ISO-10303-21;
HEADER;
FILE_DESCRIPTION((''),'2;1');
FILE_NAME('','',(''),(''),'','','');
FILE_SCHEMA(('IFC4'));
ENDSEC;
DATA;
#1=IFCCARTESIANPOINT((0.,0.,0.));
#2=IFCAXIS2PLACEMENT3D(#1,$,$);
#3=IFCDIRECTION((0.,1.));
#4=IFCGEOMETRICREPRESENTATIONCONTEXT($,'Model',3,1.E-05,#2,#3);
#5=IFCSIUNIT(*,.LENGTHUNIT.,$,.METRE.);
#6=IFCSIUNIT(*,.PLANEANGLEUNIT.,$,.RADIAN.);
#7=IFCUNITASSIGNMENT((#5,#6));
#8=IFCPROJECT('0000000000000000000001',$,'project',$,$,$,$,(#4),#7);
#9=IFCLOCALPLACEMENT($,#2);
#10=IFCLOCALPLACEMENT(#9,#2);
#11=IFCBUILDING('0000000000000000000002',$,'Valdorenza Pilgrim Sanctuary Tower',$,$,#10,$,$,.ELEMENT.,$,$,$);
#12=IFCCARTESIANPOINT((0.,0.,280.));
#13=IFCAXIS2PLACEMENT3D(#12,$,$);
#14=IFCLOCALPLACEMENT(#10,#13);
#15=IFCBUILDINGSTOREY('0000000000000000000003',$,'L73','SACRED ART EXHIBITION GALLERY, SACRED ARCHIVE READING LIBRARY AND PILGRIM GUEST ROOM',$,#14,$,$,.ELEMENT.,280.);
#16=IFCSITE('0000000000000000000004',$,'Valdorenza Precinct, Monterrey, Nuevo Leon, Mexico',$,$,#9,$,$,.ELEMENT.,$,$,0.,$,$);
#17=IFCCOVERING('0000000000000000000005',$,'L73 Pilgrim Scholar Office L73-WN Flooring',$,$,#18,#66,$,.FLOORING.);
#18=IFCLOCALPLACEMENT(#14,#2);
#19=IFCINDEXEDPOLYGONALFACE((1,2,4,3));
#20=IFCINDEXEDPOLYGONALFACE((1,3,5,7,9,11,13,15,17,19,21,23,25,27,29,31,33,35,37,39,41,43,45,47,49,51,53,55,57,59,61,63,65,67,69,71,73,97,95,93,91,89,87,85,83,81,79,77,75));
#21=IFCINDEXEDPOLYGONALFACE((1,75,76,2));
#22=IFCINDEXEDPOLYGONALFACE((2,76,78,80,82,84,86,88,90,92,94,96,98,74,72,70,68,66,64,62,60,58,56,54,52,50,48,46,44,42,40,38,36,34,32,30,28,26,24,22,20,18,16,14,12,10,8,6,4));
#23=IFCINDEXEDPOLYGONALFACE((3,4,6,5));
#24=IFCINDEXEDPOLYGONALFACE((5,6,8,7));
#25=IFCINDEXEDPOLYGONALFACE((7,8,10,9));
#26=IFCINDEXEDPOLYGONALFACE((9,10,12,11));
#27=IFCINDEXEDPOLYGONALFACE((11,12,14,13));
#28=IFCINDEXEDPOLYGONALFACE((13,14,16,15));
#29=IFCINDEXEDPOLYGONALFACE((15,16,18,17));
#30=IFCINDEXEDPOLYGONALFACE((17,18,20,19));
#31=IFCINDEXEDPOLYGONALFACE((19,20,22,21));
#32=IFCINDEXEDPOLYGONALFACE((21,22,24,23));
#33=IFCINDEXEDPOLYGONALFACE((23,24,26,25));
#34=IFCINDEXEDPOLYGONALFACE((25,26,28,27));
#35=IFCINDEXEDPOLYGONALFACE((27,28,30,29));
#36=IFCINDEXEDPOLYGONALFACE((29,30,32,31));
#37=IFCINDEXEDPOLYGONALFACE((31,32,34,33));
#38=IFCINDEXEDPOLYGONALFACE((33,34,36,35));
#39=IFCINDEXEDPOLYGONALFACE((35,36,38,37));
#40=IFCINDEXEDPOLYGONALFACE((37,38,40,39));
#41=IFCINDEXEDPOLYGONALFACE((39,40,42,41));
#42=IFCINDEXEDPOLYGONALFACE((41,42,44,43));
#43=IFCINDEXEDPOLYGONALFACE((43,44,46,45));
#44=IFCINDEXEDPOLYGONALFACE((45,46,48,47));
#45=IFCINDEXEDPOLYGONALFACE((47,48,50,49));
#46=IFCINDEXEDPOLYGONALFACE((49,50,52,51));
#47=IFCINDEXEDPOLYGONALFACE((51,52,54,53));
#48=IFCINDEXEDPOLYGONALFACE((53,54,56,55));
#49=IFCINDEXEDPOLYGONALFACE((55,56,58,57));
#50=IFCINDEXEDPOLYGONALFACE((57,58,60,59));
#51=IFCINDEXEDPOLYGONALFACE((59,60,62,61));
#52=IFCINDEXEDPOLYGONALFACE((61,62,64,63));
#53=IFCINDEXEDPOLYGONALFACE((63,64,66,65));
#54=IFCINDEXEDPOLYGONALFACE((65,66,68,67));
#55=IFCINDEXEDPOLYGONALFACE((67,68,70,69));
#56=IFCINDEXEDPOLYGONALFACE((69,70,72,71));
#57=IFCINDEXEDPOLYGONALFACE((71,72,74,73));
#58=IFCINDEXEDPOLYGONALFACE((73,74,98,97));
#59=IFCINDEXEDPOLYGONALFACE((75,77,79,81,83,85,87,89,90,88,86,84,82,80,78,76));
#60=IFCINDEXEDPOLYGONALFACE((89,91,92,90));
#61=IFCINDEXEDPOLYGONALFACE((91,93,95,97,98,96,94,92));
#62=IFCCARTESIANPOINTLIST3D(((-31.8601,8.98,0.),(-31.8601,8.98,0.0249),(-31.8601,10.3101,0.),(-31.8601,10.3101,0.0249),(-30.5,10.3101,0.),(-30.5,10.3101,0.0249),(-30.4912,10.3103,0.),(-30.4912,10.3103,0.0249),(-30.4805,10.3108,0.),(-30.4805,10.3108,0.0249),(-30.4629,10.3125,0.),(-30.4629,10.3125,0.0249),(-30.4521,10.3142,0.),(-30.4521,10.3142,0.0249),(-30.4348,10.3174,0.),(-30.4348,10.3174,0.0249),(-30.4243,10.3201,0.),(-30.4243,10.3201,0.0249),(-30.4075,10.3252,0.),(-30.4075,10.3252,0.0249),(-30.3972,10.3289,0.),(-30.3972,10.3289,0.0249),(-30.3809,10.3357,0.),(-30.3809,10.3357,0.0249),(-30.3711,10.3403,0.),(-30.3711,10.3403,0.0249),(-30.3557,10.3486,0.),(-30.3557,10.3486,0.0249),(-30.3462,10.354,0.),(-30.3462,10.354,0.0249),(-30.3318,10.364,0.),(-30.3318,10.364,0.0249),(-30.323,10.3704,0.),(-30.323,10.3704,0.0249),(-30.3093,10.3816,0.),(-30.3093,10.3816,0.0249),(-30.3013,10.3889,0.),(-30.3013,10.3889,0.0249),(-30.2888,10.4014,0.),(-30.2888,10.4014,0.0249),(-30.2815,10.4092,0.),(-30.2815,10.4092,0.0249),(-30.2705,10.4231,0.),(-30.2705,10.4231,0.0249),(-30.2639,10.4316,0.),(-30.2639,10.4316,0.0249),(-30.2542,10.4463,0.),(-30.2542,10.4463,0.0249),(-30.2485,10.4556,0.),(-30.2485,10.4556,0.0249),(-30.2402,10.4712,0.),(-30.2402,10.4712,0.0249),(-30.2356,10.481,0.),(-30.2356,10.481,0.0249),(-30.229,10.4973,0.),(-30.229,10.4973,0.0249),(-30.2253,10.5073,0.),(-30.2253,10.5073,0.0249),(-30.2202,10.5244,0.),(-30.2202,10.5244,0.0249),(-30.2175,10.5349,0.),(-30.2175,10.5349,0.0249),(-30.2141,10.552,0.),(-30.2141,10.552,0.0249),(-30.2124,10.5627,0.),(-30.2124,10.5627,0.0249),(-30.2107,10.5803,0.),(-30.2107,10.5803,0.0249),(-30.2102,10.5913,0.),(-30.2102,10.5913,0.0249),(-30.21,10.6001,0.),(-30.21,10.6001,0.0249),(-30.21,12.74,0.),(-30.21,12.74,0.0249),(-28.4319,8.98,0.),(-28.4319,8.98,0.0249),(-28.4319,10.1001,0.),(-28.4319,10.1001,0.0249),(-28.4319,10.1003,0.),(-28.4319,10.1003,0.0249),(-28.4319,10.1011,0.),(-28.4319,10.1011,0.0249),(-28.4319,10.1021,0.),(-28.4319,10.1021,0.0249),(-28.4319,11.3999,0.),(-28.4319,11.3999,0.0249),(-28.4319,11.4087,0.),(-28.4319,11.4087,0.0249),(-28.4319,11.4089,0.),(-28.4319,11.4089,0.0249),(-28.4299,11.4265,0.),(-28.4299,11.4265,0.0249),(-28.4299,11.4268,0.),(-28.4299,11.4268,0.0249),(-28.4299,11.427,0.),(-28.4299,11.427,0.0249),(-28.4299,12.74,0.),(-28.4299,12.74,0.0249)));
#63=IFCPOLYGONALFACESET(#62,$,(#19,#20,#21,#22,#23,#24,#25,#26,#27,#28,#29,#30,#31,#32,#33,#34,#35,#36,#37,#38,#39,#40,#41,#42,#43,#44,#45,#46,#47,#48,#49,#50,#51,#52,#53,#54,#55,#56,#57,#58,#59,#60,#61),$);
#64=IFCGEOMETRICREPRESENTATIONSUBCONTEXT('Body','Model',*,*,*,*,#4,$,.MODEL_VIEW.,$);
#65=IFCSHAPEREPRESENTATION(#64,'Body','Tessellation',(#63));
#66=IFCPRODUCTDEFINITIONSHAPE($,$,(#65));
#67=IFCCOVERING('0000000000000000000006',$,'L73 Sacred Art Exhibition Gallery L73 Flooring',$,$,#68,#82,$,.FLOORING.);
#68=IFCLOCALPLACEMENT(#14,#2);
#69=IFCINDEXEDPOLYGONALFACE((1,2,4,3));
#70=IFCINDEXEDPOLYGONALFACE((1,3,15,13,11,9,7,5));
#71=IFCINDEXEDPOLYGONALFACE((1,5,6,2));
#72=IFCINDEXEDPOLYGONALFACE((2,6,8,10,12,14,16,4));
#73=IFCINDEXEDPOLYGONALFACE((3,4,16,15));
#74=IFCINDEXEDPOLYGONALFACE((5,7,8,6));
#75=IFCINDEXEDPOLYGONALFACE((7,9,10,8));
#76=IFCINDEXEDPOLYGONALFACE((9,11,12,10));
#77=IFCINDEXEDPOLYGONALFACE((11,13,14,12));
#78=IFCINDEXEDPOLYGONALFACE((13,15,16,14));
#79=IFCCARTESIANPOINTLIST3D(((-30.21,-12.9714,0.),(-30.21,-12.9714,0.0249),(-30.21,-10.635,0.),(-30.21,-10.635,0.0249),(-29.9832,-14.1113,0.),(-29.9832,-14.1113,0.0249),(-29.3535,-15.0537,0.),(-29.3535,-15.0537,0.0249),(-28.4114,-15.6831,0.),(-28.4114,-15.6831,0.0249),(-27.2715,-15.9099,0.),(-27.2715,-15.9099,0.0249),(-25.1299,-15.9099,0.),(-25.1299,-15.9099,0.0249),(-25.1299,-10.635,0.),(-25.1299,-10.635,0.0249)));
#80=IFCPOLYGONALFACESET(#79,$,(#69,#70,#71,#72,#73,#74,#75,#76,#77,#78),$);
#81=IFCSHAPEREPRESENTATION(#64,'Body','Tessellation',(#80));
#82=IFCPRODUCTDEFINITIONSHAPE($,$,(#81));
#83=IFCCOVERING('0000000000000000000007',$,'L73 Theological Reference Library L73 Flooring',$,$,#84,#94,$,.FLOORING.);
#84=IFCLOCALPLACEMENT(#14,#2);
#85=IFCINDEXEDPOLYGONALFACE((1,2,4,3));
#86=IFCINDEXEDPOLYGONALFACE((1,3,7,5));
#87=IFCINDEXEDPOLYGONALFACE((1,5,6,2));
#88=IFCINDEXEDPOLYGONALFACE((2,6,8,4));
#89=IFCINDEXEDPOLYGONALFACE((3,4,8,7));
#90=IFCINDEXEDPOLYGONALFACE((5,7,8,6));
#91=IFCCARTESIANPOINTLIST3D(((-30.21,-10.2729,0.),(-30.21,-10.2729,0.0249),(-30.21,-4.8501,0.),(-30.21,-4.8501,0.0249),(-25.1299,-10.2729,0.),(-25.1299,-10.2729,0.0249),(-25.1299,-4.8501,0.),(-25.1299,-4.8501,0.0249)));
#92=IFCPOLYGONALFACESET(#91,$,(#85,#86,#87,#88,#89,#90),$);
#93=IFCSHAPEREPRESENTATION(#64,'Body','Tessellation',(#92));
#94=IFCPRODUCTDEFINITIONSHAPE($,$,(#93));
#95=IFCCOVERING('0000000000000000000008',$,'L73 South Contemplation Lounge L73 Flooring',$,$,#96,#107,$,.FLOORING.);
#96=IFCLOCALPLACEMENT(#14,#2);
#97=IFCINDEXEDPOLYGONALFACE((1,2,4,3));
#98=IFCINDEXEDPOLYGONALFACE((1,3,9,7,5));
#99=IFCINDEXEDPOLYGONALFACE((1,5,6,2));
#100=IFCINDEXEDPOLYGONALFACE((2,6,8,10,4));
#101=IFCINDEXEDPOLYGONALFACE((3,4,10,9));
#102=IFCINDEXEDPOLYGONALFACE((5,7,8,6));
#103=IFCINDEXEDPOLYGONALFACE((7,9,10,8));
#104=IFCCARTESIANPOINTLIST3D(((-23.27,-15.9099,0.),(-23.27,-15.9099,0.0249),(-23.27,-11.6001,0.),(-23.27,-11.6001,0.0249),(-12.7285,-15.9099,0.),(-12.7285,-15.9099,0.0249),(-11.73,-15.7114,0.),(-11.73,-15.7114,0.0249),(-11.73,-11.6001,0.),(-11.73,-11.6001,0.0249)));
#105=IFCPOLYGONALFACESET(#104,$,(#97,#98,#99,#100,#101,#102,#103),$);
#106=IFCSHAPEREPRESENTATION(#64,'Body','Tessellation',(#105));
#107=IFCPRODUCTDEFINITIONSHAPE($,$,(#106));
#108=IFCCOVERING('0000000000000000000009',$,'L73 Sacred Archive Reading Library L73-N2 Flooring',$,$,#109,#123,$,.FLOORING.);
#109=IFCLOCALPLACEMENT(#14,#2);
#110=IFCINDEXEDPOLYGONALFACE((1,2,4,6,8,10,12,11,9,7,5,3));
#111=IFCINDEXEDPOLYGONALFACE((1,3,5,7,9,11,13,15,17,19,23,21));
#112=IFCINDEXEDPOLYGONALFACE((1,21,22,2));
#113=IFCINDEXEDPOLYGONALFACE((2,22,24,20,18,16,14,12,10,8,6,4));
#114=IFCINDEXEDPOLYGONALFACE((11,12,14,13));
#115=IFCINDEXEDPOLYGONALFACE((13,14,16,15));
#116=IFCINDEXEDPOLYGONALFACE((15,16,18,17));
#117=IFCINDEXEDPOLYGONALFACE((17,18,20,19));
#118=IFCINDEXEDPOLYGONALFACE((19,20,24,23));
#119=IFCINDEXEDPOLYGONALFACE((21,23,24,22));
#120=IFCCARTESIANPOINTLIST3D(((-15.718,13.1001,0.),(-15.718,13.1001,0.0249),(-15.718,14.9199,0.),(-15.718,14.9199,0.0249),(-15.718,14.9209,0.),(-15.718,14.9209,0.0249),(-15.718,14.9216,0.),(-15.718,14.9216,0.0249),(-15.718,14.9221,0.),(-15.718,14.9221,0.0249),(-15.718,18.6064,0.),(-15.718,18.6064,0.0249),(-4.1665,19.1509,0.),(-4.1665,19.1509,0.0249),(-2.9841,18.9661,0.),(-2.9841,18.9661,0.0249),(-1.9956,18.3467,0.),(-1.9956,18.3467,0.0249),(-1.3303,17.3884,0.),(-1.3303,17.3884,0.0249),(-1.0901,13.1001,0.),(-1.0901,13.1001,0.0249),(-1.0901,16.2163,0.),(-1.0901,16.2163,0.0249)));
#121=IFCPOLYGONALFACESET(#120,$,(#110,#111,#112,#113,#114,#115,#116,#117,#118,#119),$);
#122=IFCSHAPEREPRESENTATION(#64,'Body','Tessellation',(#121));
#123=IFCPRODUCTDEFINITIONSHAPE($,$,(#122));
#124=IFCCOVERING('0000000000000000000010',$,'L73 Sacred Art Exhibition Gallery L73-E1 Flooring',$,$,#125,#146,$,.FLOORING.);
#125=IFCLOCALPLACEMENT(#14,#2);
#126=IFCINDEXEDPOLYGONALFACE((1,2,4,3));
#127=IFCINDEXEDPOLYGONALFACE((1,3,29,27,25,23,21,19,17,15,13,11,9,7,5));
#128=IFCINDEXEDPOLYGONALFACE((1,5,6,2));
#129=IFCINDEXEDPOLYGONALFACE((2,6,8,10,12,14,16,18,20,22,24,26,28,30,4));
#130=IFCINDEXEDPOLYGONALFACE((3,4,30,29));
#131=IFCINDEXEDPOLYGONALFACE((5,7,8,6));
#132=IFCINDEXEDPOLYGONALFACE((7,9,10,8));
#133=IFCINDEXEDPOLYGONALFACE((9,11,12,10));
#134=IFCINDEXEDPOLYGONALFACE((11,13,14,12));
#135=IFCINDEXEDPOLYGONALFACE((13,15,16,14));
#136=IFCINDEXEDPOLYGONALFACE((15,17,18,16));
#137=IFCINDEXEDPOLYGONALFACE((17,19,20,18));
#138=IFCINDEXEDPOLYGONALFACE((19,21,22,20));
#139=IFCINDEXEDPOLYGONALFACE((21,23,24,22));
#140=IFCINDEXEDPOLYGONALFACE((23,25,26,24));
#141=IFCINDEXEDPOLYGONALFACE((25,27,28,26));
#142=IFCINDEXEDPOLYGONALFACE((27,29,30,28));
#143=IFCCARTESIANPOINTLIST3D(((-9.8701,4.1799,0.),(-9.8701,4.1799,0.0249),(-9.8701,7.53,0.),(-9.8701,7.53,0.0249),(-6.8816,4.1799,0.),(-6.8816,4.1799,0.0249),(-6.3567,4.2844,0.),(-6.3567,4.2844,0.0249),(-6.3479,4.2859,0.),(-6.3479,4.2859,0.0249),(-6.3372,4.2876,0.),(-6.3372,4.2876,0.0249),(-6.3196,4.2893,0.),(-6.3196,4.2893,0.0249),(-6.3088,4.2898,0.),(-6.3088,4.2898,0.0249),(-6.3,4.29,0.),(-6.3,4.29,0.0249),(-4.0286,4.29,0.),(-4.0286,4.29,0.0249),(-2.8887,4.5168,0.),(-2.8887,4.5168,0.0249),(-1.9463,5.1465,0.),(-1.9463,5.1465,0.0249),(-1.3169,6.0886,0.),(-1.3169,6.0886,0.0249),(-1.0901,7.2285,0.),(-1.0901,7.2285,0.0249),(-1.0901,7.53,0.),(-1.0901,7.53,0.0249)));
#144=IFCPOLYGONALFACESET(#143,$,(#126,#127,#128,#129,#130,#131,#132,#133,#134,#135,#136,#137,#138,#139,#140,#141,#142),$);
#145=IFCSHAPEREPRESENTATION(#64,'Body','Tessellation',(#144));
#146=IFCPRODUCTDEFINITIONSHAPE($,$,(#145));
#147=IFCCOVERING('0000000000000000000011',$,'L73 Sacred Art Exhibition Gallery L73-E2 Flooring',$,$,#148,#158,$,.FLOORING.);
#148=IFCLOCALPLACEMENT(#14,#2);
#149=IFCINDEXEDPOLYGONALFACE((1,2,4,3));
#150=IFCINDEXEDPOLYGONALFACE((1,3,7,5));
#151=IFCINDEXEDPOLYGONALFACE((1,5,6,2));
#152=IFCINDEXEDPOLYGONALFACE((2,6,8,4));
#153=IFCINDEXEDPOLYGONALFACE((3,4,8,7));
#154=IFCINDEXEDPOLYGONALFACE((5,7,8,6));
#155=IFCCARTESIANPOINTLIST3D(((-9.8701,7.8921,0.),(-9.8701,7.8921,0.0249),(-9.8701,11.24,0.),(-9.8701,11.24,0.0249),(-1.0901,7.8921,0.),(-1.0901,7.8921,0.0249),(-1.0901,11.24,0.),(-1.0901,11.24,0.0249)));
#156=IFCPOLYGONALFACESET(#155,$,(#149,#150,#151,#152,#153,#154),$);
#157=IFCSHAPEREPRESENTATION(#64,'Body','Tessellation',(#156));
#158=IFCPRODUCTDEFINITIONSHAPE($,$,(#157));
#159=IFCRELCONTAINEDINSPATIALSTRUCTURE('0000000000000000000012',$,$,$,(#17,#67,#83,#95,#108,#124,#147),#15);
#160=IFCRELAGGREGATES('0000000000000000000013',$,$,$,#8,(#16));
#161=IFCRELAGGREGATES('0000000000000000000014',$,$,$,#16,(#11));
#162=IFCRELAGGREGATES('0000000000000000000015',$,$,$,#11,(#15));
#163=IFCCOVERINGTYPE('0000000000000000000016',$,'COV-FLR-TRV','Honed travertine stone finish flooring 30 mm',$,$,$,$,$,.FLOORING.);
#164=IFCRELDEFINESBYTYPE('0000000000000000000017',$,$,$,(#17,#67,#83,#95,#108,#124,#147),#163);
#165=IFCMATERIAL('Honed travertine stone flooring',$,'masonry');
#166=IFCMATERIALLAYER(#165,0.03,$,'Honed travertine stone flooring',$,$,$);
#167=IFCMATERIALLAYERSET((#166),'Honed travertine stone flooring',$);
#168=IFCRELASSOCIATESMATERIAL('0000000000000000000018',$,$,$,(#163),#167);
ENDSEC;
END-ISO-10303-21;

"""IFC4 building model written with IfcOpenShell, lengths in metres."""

from ifc_helpers import new_model, si_unit, direction, frame, origin, place, context, subcontext, project, spatial, polyline, outline, extrude, material, layer, layer_set, type_object, element, save


model = new_model("IFC4")

# Units and contexts
model_context = context("Model", 3, precision=1e-05, world=origin(), true_north=direction((0.0, 1.0)))
body_context = subcontext(model_context, "Body", "Model", "MODEL_VIEW")
ifc_project = project(units=[si_unit("LENGTHUNIT", "METRE"), si_unit("PLANEANGLEUNIT", "RADIAN")], contexts=[model_context])

# Site, building, storey
site_placement = place(None, origin())
site = spatial("IfcSite", under=ifc_project, at=site_placement, Name="Valdorenza Precinct, Monterrey, Nuevo Leon, Mexico", CompositionType="ELEMENT", RefElevation=0.0)
building_placement = place(site_placement, origin())
building = spatial("IfcBuilding", under=site, at=building_placement, Name="Valdorenza Pilgrim Sanctuary Tower", CompositionType="ELEMENT")
storey_placement = place(building_placement, frame((0.0, 0.0, 280.0)))
storey = spatial("IfcBuildingStorey", under=building, at=storey_placement, Name="L73", Description="SACRED ART EXHIBITION GALLERY, SACRED ARCHIVE READING LIBRARY AND PILGRIM GUEST ROOM", CompositionType="ELEMENT", Elevation=280.0)

# Coverings
ifc_material_1 = material(Name="Honed travertine stone flooring", Category="masonry")
ifc_layer_1 = layer(ifc_material_1, 0.03, Name="Honed travertine stone flooring")
ifc_layer_set_1 = layer_set([ifc_layer_1], Name="Honed travertine stone flooring")
covering_type_1 = type_object("IfcCoveringType", Name="COV-FLR-TRV", Description="Honed travertine stone finish flooring 30 mm", PredefinedType="FLOORING", material=ifc_layer_set_1)
covering_1_placement = place(storey_placement, origin())
element("IfcCovering", 1, at=covering_1_placement, inside=storey, type_object=covering_type_1, Name="L73 Pilgrim Scholar Office L73-WN Flooring", PredefinedType="FLOORING", context=body_context, shape_type="SweptSolid", body=[
    extrude(outline(polyline([(-28.4319, 10.1003), (-28.4319, 10.1001), (-28.4319, 8.98), (-31.8601, 8.98), (-31.8601, 10.3101), (-30.5, 10.3101), (-30.4912, 10.3103), (-30.4805, 10.3108), (-30.4629, 10.3125), (-30.4521, 10.3142), (-30.4348, 10.3174), (-30.4243, 10.3201), (-30.4075, 10.3252), (-30.3972, 10.3289), (-30.3809, 10.3357), (-30.3711, 10.3403), (-30.3557, 10.3486), (-30.3462, 10.354), (-30.3318, 10.364), (-30.323, 10.3704), (-30.3093, 10.3816), (-30.3013, 10.3889), (-30.2888, 10.4014), (-30.2815, 10.4092), (-30.2705, 10.4231), (-30.2639, 10.4316), (-30.2542, 10.4463), (-30.2485, 10.4556), (-30.2402, 10.4712), (-30.2356, 10.481), (-30.229, 10.4973), (-30.2253, 10.5073), (-30.2202, 10.5244), (-30.2175, 10.5349), (-30.2141, 10.552), (-30.2124, 10.5627), (-30.2107, 10.5803), (-30.2102, 10.5913), (-30.21, 10.6001), (-30.21, 12.74), (-28.4299, 12.74), (-28.4299, 11.427), (-28.4299, 11.4268), (-28.4299, 11.4265), (-28.4319, 11.4089), (-28.4319, 11.4087), (-28.4319, 11.3999), (-28.4319, 10.1021), (-28.4319, 10.1011), (-28.4319, 10.1003)])), origin(), (0.0, 0.0, 1.0), 0.0249),
])
covering_2_placement = place(storey_placement, origin())
element("IfcCovering", 2, at=covering_2_placement, inside=storey, type_object=covering_type_1, Name="L73 Sacred Art Exhibition Gallery L73 Flooring", PredefinedType="FLOORING", context=body_context, shape_type="SweptSolid", body=[
    extrude(outline(polyline([(-25.1299, -15.9099), (-27.2715, -15.9099), (-28.4114, -15.6831), (-29.3535, -15.0537), (-29.9832, -14.1113), (-30.21, -12.9714), (-30.21, -10.635), (-25.1299, -10.635), (-25.1299, -15.9099)])), origin(), (0.0, 0.0, 1.0), 0.0249),
])
covering_3_placement = place(storey_placement, origin())
element("IfcCovering", 3, at=covering_3_placement, inside=storey, type_object=covering_type_1, Name="L73 Theological Reference Library L73 Flooring", PredefinedType="FLOORING", context=body_context, shape_type="SweptSolid", body=[
    extrude(outline(polyline([(-25.1299, -10.2729), (-30.21, -10.2729), (-30.21, -4.8501), (-25.1299, -4.8501), (-25.1299, -10.2729)])), origin(), (0.0, 0.0, 1.0), 0.0249),
])
covering_4_placement = place(storey_placement, origin())
element("IfcCovering", 4, at=covering_4_placement, inside=storey, type_object=covering_type_1, Name="L73 South Contemplation Lounge L73 Flooring", PredefinedType="FLOORING", context=body_context, shape_type="SweptSolid", body=[
    extrude(outline(polyline([(-11.73, -11.6001), (-11.73, -15.7114), (-12.7285, -15.9099), (-23.27, -15.9099), (-23.27, -11.6001), (-11.73, -11.6001)])), origin(), (0.0, 0.0, 1.0), 0.0249),
])
covering_5_placement = place(storey_placement, origin())
element("IfcCovering", 5, at=covering_5_placement, inside=storey, type_object=covering_type_1, Name="L73 Sacred Archive Reading Library L73-N2 Flooring", PredefinedType="FLOORING", context=body_context, shape_type="SweptSolid", body=[
    extrude(outline(polyline([(-15.718, 14.9216), (-15.718, 14.9221), (-15.718, 18.6064), (-4.1665, 19.1509), (-2.9841, 18.9661), (-1.9956, 18.3467), (-1.3303, 17.3884), (-1.0901, 16.2163), (-1.0901, 13.1001), (-15.718, 13.1001), (-15.718, 14.9199), (-15.718, 14.9209), (-15.718, 14.9216)])), origin(), (0.0, 0.0, 1.0), 0.0249),
])
covering_6_placement = place(storey_placement, origin())
element("IfcCovering", 6, at=covering_6_placement, inside=storey, type_object=covering_type_1, Name="L73 Sacred Art Exhibition Gallery L73-E1 Flooring", PredefinedType="FLOORING", context=body_context, shape_type="SweptSolid", body=[
    extrude(outline(polyline([(-9.8701, 7.53), (-1.0901, 7.53), (-1.0901, 7.2285), (-1.3169, 6.0886), (-1.9463, 5.1465), (-2.8887, 4.5168), (-4.0286, 4.29), (-6.3, 4.29), (-6.3088, 4.2898), (-6.3196, 4.2893), (-6.3372, 4.2876), (-6.3479, 4.2859), (-6.3567, 4.2844), (-6.8816, 4.1799), (-9.8701, 4.1799), (-9.8701, 7.53)])), origin(), (0.0, 0.0, 1.0), 0.0249),
])
covering_7_placement = place(storey_placement, origin())
element("IfcCovering", 7, at=covering_7_placement, inside=storey, type_object=covering_type_1, Name="L73 Sacred Art Exhibition Gallery L73-E2 Flooring", PredefinedType="FLOORING", context=body_context, shape_type="SweptSolid", body=[
    extrude(outline(polyline([(-9.8701, 11.24), (-1.0901, 11.24), (-1.0901, 7.8921), (-9.8701, 7.8921), (-9.8701, 11.24)])), origin(), (0.0, 0.0, 1.0), 0.0249),
])

save(model, "model.ifc")
